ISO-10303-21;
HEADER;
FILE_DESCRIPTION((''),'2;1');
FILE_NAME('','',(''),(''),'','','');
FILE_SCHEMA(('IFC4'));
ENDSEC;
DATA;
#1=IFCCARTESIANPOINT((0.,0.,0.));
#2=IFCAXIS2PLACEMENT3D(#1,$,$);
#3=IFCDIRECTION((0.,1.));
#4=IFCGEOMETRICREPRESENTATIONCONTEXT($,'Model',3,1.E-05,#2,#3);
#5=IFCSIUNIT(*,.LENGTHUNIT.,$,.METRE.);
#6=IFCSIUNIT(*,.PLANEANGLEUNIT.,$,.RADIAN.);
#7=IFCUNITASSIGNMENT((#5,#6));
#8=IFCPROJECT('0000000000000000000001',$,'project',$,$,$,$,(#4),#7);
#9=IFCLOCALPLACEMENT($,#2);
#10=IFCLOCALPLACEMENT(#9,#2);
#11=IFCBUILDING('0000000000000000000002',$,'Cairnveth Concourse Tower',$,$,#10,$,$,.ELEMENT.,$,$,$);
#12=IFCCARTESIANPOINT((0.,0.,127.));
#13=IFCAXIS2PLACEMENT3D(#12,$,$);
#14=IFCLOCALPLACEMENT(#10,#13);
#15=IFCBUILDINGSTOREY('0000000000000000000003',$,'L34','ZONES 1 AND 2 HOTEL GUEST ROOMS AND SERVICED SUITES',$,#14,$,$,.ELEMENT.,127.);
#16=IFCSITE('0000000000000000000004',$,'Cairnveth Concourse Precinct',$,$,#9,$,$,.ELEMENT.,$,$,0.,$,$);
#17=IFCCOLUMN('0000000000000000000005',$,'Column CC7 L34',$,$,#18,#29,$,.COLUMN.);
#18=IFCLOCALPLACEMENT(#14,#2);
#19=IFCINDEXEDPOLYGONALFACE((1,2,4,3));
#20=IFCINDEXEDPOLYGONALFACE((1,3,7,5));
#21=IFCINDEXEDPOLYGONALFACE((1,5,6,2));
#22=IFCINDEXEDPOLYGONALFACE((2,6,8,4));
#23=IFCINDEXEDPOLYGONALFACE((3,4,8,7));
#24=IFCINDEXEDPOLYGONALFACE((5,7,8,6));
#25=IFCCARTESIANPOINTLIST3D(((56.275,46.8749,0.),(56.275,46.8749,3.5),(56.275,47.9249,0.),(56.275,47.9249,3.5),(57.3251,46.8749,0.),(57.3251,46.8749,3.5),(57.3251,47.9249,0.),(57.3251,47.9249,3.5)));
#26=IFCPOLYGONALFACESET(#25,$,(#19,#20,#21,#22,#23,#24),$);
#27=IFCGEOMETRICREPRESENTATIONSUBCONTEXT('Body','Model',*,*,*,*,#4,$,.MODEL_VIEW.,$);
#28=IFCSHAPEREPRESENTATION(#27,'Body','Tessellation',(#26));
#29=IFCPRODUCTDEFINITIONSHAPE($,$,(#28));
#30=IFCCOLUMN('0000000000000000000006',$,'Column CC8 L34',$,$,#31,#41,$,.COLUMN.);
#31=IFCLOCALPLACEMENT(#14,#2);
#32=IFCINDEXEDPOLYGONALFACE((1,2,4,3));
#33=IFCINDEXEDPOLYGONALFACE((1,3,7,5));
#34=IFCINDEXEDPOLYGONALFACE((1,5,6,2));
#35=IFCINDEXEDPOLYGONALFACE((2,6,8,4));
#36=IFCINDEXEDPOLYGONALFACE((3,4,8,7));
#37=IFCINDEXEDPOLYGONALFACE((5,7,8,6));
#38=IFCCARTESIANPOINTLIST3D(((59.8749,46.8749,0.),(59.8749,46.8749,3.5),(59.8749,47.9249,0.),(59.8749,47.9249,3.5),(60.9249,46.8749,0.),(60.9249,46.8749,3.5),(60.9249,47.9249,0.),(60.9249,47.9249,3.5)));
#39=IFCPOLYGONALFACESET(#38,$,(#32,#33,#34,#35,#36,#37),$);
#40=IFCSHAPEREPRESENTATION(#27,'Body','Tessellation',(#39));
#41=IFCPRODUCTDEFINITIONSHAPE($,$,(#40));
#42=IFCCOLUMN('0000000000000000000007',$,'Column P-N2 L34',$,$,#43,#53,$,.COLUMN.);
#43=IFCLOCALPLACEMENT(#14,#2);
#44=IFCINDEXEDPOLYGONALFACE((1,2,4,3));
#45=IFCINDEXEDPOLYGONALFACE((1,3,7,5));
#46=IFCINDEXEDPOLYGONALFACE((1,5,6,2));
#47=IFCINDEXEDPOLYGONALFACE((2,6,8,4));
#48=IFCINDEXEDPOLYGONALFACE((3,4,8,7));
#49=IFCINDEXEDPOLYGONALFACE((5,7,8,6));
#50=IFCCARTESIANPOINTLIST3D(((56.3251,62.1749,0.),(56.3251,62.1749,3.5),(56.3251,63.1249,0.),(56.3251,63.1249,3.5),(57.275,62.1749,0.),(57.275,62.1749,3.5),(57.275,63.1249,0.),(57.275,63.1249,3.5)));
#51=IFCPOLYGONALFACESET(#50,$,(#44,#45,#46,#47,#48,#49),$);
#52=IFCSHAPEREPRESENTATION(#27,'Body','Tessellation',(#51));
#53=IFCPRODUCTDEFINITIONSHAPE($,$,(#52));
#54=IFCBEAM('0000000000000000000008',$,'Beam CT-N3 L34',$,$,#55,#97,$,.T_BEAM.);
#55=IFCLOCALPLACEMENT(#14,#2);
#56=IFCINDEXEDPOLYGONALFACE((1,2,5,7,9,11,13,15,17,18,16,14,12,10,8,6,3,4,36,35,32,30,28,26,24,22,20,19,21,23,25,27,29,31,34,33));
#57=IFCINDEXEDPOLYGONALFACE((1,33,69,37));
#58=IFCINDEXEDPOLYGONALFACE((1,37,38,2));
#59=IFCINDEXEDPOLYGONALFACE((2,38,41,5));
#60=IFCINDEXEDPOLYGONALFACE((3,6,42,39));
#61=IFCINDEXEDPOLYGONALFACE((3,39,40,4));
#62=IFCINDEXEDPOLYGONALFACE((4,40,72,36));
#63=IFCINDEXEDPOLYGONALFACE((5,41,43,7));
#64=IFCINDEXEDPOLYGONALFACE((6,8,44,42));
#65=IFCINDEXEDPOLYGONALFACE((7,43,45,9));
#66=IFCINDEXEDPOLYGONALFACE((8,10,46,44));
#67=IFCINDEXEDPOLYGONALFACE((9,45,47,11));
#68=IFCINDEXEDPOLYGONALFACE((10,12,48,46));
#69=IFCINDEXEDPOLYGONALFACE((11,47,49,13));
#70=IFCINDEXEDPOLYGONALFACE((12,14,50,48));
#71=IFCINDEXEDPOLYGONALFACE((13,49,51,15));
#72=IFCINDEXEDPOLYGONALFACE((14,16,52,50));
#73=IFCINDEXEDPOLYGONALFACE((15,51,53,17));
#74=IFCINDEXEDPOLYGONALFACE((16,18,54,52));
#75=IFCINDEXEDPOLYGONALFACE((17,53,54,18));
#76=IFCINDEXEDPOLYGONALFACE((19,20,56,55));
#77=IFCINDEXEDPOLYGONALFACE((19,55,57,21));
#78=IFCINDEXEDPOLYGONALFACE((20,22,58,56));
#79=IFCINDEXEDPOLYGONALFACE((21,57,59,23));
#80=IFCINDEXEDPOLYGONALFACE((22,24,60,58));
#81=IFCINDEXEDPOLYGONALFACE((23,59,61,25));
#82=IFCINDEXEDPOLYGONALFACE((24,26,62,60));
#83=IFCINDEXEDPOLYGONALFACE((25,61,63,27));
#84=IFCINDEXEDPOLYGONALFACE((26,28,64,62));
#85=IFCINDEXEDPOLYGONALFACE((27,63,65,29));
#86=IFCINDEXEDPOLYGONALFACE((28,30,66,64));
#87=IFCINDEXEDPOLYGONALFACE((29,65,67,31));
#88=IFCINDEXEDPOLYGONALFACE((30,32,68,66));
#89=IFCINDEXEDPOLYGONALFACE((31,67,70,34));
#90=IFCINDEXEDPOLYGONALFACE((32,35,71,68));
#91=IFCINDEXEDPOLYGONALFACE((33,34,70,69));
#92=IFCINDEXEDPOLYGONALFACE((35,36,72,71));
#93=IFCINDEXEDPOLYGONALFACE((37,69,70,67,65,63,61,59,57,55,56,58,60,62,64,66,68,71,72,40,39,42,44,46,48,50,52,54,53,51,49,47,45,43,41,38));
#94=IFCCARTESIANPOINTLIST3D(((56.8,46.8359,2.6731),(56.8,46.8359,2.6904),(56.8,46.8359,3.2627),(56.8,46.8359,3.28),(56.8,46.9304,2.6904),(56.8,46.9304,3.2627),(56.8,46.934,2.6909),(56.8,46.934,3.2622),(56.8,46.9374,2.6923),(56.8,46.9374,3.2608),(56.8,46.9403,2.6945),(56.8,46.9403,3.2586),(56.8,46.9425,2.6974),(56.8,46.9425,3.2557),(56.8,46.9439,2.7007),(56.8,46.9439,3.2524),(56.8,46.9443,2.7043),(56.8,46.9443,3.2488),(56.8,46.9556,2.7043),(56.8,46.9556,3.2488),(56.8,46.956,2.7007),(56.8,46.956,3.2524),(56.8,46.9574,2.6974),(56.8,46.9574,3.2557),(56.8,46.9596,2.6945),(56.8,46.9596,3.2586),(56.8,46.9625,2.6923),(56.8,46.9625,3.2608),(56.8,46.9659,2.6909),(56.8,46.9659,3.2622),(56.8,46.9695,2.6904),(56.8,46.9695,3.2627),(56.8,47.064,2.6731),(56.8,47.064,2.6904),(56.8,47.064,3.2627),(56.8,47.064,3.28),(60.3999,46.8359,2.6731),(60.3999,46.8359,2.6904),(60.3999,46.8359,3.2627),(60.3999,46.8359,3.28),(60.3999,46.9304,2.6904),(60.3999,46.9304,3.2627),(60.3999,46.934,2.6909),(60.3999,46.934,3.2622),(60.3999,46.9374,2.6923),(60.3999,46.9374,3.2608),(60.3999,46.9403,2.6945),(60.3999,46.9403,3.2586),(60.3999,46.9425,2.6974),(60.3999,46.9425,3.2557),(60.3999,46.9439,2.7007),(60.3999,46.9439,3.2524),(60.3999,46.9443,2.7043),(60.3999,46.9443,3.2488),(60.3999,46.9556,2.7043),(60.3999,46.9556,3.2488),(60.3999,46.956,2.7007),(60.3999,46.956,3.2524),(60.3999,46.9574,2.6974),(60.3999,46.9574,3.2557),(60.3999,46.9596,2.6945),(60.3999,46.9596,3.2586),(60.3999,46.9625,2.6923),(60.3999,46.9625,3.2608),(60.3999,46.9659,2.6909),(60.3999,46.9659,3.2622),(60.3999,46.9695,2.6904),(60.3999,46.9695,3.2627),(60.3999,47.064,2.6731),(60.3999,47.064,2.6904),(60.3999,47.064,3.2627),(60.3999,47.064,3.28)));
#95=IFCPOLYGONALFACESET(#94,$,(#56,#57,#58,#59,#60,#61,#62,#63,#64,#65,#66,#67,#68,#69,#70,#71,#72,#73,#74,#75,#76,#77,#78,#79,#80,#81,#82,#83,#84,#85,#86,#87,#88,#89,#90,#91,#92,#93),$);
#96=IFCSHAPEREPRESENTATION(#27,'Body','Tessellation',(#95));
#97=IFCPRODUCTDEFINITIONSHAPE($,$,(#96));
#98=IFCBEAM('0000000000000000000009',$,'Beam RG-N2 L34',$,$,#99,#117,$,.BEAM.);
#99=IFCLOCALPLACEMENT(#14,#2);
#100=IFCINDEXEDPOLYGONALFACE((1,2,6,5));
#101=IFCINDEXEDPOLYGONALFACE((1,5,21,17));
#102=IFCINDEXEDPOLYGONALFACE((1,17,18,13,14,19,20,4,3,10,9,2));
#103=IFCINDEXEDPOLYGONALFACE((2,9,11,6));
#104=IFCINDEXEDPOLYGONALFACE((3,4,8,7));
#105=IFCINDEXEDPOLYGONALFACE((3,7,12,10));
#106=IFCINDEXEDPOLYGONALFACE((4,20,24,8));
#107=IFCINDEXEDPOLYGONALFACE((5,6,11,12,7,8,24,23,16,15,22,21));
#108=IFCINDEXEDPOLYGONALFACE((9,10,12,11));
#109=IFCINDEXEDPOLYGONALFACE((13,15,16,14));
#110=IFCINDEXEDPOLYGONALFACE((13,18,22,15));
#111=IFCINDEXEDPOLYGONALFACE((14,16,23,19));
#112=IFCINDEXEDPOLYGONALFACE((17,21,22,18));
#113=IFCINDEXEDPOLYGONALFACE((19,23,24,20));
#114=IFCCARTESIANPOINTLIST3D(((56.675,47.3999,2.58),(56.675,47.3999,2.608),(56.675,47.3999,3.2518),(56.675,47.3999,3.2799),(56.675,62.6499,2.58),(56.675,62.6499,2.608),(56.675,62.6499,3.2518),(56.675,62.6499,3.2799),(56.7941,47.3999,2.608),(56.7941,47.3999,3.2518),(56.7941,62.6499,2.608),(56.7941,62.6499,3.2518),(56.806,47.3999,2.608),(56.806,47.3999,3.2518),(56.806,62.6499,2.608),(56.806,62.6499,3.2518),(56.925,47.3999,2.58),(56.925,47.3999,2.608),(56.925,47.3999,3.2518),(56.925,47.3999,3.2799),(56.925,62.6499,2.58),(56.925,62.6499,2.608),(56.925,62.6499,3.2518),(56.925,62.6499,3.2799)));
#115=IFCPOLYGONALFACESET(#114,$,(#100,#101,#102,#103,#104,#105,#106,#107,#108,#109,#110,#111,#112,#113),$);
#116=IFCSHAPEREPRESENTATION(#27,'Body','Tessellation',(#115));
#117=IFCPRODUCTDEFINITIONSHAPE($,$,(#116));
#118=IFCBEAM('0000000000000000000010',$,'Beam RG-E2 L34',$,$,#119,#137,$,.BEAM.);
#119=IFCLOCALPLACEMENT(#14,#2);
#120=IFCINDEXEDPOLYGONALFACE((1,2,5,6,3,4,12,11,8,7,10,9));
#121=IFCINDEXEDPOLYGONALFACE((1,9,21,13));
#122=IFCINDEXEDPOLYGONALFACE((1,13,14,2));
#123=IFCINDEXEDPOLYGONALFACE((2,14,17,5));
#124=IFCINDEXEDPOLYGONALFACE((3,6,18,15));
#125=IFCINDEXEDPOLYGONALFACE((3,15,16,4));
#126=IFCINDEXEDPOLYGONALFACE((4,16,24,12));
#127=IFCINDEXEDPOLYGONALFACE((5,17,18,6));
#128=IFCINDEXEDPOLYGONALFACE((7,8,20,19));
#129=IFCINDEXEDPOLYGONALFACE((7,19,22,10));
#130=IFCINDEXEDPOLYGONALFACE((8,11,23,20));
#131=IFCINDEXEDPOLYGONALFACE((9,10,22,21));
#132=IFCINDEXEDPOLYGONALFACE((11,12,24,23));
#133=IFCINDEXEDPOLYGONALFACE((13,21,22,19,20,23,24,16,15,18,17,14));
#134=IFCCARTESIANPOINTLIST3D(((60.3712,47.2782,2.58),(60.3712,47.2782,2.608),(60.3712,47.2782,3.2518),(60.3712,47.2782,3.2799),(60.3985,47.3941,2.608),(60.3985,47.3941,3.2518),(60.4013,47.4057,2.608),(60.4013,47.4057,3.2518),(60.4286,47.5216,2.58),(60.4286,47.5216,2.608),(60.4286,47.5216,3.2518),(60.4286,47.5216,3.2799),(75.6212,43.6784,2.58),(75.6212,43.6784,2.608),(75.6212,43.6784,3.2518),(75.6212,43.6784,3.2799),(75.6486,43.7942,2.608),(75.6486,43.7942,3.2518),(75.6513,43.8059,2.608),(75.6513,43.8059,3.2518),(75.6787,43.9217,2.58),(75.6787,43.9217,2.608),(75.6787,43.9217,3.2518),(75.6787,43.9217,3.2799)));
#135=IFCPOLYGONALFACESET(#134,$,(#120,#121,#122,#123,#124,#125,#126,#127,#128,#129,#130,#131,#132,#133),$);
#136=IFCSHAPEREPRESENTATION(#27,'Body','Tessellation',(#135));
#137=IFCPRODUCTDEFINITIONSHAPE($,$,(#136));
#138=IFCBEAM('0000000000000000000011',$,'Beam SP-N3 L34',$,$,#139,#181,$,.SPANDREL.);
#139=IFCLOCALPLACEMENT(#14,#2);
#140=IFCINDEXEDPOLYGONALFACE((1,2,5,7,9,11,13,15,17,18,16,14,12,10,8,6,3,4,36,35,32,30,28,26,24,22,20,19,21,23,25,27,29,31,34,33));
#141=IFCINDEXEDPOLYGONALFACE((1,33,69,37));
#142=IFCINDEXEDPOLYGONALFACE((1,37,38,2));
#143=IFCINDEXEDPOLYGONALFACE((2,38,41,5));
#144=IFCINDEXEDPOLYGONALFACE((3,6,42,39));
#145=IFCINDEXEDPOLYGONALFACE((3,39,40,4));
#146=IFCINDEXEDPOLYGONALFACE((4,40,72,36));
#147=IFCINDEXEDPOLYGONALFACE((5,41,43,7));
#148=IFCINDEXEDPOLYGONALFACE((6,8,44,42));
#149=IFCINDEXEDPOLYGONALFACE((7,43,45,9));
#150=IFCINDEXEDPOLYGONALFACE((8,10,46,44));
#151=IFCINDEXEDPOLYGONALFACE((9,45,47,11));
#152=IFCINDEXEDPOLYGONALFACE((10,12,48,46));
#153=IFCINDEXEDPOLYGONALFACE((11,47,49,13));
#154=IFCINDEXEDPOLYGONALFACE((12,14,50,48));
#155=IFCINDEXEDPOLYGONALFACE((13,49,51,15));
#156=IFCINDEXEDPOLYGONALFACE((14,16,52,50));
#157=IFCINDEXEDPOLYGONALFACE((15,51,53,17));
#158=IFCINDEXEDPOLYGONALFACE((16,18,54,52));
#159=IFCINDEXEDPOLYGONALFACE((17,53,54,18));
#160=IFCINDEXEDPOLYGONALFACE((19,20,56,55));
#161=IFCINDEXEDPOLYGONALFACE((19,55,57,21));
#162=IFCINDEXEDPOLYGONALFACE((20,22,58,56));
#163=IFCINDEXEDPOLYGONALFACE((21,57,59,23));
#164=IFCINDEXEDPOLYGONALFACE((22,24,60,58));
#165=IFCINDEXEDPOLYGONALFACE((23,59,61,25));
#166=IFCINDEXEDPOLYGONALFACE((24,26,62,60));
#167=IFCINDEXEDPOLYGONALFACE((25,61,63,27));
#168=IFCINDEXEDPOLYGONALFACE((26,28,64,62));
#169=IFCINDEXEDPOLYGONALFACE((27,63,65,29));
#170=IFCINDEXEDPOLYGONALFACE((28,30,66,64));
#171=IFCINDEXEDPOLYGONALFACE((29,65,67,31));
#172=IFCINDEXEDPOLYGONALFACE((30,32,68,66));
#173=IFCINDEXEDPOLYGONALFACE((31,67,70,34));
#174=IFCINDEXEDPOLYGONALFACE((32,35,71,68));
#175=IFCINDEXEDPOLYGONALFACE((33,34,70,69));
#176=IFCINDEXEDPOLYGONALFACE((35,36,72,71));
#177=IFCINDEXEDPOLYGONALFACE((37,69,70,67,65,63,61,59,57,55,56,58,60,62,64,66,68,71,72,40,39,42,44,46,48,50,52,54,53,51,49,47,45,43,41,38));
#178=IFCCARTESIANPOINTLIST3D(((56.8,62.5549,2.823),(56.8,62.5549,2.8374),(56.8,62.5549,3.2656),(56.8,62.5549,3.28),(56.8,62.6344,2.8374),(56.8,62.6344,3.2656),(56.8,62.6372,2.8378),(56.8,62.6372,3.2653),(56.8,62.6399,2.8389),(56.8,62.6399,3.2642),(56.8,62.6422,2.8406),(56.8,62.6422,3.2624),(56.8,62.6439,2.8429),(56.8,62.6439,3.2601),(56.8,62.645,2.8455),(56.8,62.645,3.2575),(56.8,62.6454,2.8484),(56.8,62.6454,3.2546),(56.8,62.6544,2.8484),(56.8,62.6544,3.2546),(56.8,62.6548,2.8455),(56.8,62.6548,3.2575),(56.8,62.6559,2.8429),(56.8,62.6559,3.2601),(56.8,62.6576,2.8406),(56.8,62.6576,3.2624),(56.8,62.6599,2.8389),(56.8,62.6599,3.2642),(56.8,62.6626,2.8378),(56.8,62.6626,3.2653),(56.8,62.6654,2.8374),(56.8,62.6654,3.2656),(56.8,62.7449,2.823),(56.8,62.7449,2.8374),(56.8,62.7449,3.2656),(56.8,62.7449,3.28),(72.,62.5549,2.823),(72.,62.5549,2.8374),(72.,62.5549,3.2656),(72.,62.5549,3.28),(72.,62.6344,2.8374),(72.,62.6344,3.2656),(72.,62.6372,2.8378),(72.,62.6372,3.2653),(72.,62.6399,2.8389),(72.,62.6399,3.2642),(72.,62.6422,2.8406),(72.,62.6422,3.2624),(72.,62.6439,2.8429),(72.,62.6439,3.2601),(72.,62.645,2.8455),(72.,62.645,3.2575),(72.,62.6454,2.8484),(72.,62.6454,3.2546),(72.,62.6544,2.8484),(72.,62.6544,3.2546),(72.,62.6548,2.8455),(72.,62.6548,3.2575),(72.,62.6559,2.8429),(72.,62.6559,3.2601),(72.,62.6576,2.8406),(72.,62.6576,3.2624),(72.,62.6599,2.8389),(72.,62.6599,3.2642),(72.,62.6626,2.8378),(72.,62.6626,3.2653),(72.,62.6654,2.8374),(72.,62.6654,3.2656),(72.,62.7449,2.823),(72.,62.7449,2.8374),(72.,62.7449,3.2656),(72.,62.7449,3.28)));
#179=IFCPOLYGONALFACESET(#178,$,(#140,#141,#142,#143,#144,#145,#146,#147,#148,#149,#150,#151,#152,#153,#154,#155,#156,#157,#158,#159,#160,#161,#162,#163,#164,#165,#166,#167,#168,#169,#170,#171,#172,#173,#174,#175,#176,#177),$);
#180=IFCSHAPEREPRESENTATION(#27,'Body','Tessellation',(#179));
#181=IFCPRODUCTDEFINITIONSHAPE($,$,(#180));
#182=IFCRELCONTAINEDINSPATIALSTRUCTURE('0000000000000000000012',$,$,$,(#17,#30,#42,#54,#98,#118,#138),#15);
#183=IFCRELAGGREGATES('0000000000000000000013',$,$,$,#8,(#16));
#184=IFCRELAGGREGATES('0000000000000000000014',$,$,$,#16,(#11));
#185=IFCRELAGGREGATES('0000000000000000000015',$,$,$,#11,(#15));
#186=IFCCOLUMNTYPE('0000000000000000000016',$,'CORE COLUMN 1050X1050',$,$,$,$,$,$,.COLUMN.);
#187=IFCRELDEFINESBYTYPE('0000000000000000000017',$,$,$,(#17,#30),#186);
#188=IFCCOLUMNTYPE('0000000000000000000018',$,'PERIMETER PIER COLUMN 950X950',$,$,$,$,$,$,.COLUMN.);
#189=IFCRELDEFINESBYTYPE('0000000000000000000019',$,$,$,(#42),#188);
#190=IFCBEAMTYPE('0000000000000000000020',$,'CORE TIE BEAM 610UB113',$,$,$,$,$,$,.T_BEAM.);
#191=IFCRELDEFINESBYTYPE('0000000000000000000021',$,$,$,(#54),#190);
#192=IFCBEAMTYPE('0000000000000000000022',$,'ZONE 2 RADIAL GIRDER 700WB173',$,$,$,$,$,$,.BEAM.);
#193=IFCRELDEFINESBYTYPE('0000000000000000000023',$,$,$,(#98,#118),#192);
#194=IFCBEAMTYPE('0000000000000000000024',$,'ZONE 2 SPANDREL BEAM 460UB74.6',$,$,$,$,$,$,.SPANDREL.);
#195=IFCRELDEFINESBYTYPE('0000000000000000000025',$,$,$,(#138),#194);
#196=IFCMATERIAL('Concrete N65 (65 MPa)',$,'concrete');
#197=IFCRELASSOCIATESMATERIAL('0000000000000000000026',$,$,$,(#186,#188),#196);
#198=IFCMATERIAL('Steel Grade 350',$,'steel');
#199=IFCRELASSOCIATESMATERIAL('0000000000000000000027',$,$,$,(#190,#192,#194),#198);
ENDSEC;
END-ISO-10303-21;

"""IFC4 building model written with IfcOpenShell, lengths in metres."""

from ifc_helpers import new_model, si_unit, direction, frame, origin, origin_2d, place, context, subcontext, project, spatial, rectangle, i_section, extrude, material, material_profile, profile_set, type_object, element, save


model = new_model("IFC4")

# Units and contexts
model_context = context("Model", 3, precision=1e-05, world=origin(), true_north=direction((0.0, 1.0)))
body_context = subcontext(model_context, "Body", "Model", "MODEL_VIEW")
ifc_project = project(units=[si_unit("LENGTHUNIT", "METRE"), si_unit("PLANEANGLEUNIT", "RADIAN")], contexts=[model_context])

# Site, building, storey
site_placement = place(None, origin())
site = spatial("IfcSite", under=ifc_project, at=site_placement, Name="Cairnveth Concourse Precinct", CompositionType="ELEMENT", RefElevation=0.0)
building_placement = place(site_placement, origin())
building = spatial("IfcBuilding", under=site, at=building_placement, Name="Cairnveth Concourse Tower", CompositionType="ELEMENT")
storey_placement = place(building_placement, frame((0.0, 0.0, 127.0)))
storey = spatial("IfcBuildingStorey", under=building, at=storey_placement, Name="L34", Description="ZONES 1 AND 2 HOTEL GUEST ROOMS AND SERVICED SUITES", CompositionType="ELEMENT", Elevation=127.0)

# Columns
ifc_material_1 = material(Name="Concrete N65 (65 MPa)", Category="concrete")
ifc_material_profile_1 = material_profile(ifc_material_1, rectangle(XDim=1.05, YDim=1.05, at=origin_2d()), Name="RC-COL-1050x1050")
ifc_profile_set_1 = profile_set([ifc_material_profile_1], Name="Concrete N65 (65 MPa)")
column_type_1 = type_object("IfcColumnType", Name="CORE COLUMN 1050X1050", PredefinedType="COLUMN", material=ifc_profile_set_1)
for number, where, z_axis, x_axis, name in (
    (1, (56.8, 47.3999, 0.0), (0.0, 0.0, 1.0), (1.0, 0.0, 0.0), "Column CC7 L34"),
    (2, (60.3999, 47.3999, 0.0), (0.0, 0.0, 1.0), (1.0, 0.0, 0.0), "Column CC8 L34"),
):
    element("IfcColumn", number, at=place(storey_placement, frame(where, z_axis=z_axis, x_axis=x_axis)), inside=storey, type_object=column_type_1, Name=name, PredefinedType="COLUMN", context=body_context, shape_type="SweptSolid", body=[
        extrude(rectangle(XDim=1.05, YDim=1.05, at=origin_2d()), origin(), (0.0, 0.0, 1.0), 3.5),
    ])
ifc_material_profile_2 = material_profile(ifc_material_1, rectangle(XDim=0.95, YDim=0.95, at=origin_2d()), Name="RC-COL-950x950")
ifc_profile_set_2 = profile_set([ifc_material_profile_2], Name="Concrete N65 (65 MPa)")
column_type_2 = type_object("IfcColumnType", Name="PERIMETER PIER COLUMN 950X950", PredefinedType="COLUMN", material=ifc_profile_set_2)
column_placement = place(storey_placement, frame((56.8, 62.6499, 0.0), z_axis=(0.0, 0.0, 1.0), x_axis=(1.0, 0.0, 0.0)))
element("IfcColumn", 3, at=column_placement, inside=storey, type_object=column_type_2, Name="Column P-N2 L34", PredefinedType="COLUMN", context=body_context, shape_type="SweptSolid", body=[
    extrude(rectangle(XDim=0.95, YDim=0.95, at=origin_2d()), origin(), (0.0, 0.0, 1.0), 3.5),
])

# Beams
ifc_material_2 = material(Name="Steel Grade 350", Category="steel")
ifc_material_profile_3 = material_profile(ifc_material_2, i_section(OverallWidth=0.228, OverallDepth=0.6069, WebThickness=0.0112, FlangeThickness=0.0173, FilletRadius=0.0139, at=origin_2d()), Name="610UB113")
ifc_profile_set_3 = profile_set([ifc_material_profile_3], Name="Steel Grade 350")
beam_type_1 = type_object("IfcBeamType", Name="CORE TIE BEAM 610UB113", PredefinedType="T_BEAM", material=ifc_profile_set_3)
beam_1_placement = place(storey_placement, frame((56.8, 46.95, 2.9766), z_axis=(1.0, 0.0, 0.0), x_axis=(0.0, 1.0, 0.0)))
element("IfcBeam", 4, at=beam_1_placement, inside=storey, type_object=beam_type_1, Name="Beam CT-N3 L34", PredefinedType="T_BEAM", context=body_context, shape_type="SweptSolid", body=[
    extrude(i_section(OverallWidth=0.228, OverallDepth=0.6069, WebThickness=0.0112, FlangeThickness=0.0173, FilletRadius=0.0139, at=origin_2d()), origin(), (0.0, 0.0, 1.0), 3.5999),
])
ifc_material_profile_4 = material_profile(ifc_material_2, i_section(OverallWidth=0.25, OverallDepth=0.7, WebThickness=0.012, FlangeThickness=0.0281, at=origin_2d()), Name="700WB173")
ifc_profile_set_4 = profile_set([ifc_material_profile_4], Name="Steel Grade 350")
beam_type_2 = type_object("IfcBeamType", Name="ZONE 2 RADIAL GIRDER 700WB173", PredefinedType="BEAM", material=ifc_profile_set_4)
beam_2_placement = place(storey_placement, frame((56.8, 47.3999, 2.9299), z_axis=(0.0, 1.0, 0.0), x_axis=(-1.0, 0.0, 0.0)))
element("IfcBeam", 5, at=beam_2_placement, inside=storey, type_object=beam_type_2, Name="Beam RG-N2 L34", PredefinedType="BEAM", context=body_context, shape_type="SweptSolid", body=[
    extrude(i_section(OverallWidth=0.25, OverallDepth=0.7, WebThickness=0.012, FlangeThickness=0.0281, at=origin_2d()), origin(), (0.0, 0.0, 1.0), 15.25),
])
beam_3_placement = place(storey_placement, frame((60.3999, 47.3999, 2.9299), z_axis=(0.973252, -0.229742, 0.0), x_axis=(0.229742, 0.973252, 0.0)))
element("IfcBeam", 6, at=beam_3_placement, inside=storey, type_object=beam_type_2, Name="Beam RG-E2 L34", PredefinedType="BEAM", context=body_context, shape_type="SweptSolid", body=[
    extrude(i_section(OverallWidth=0.25, OverallDepth=0.7, WebThickness=0.012, FlangeThickness=0.0281, at=origin_2d()), origin(), (0.0, 0.0, 1.0), 15.6692),
])
ifc_material_profile_5 = material_profile(ifc_material_2, i_section(OverallWidth=0.1899, OverallDepth=0.457, WebThickness=0.009, FlangeThickness=0.0144, FilletRadius=0.011, at=origin_2d()), Name="460UB74.6")
ifc_profile_set_5 = profile_set([ifc_material_profile_5], Name="Steel Grade 350")
beam_type_3 = type_object("IfcBeamType", Name="ZONE 2 SPANDREL BEAM 460UB74.6", PredefinedType="SPANDREL", material=ifc_profile_set_5)
beam_4_placement = place(storey_placement, frame((56.8, 62.6499, 3.0515), z_axis=(1.0, 0.0, 0.0), x_axis=(0.0, 1.0, 0.0)))
element("IfcBeam", 7, at=beam_4_placement, inside=storey, type_object=beam_type_3, Name="Beam SP-N3 L34", PredefinedType="SPANDREL", context=body_context, shape_type="SweptSolid", body=[
    extrude(i_section(OverallWidth=0.1899, OverallDepth=0.457, WebThickness=0.009, FlangeThickness=0.0144, FilletRadius=0.011, at=origin_2d()), origin(), (0.0, 0.0, 1.0), 15.2),
])

save(model, "model.ifc")
